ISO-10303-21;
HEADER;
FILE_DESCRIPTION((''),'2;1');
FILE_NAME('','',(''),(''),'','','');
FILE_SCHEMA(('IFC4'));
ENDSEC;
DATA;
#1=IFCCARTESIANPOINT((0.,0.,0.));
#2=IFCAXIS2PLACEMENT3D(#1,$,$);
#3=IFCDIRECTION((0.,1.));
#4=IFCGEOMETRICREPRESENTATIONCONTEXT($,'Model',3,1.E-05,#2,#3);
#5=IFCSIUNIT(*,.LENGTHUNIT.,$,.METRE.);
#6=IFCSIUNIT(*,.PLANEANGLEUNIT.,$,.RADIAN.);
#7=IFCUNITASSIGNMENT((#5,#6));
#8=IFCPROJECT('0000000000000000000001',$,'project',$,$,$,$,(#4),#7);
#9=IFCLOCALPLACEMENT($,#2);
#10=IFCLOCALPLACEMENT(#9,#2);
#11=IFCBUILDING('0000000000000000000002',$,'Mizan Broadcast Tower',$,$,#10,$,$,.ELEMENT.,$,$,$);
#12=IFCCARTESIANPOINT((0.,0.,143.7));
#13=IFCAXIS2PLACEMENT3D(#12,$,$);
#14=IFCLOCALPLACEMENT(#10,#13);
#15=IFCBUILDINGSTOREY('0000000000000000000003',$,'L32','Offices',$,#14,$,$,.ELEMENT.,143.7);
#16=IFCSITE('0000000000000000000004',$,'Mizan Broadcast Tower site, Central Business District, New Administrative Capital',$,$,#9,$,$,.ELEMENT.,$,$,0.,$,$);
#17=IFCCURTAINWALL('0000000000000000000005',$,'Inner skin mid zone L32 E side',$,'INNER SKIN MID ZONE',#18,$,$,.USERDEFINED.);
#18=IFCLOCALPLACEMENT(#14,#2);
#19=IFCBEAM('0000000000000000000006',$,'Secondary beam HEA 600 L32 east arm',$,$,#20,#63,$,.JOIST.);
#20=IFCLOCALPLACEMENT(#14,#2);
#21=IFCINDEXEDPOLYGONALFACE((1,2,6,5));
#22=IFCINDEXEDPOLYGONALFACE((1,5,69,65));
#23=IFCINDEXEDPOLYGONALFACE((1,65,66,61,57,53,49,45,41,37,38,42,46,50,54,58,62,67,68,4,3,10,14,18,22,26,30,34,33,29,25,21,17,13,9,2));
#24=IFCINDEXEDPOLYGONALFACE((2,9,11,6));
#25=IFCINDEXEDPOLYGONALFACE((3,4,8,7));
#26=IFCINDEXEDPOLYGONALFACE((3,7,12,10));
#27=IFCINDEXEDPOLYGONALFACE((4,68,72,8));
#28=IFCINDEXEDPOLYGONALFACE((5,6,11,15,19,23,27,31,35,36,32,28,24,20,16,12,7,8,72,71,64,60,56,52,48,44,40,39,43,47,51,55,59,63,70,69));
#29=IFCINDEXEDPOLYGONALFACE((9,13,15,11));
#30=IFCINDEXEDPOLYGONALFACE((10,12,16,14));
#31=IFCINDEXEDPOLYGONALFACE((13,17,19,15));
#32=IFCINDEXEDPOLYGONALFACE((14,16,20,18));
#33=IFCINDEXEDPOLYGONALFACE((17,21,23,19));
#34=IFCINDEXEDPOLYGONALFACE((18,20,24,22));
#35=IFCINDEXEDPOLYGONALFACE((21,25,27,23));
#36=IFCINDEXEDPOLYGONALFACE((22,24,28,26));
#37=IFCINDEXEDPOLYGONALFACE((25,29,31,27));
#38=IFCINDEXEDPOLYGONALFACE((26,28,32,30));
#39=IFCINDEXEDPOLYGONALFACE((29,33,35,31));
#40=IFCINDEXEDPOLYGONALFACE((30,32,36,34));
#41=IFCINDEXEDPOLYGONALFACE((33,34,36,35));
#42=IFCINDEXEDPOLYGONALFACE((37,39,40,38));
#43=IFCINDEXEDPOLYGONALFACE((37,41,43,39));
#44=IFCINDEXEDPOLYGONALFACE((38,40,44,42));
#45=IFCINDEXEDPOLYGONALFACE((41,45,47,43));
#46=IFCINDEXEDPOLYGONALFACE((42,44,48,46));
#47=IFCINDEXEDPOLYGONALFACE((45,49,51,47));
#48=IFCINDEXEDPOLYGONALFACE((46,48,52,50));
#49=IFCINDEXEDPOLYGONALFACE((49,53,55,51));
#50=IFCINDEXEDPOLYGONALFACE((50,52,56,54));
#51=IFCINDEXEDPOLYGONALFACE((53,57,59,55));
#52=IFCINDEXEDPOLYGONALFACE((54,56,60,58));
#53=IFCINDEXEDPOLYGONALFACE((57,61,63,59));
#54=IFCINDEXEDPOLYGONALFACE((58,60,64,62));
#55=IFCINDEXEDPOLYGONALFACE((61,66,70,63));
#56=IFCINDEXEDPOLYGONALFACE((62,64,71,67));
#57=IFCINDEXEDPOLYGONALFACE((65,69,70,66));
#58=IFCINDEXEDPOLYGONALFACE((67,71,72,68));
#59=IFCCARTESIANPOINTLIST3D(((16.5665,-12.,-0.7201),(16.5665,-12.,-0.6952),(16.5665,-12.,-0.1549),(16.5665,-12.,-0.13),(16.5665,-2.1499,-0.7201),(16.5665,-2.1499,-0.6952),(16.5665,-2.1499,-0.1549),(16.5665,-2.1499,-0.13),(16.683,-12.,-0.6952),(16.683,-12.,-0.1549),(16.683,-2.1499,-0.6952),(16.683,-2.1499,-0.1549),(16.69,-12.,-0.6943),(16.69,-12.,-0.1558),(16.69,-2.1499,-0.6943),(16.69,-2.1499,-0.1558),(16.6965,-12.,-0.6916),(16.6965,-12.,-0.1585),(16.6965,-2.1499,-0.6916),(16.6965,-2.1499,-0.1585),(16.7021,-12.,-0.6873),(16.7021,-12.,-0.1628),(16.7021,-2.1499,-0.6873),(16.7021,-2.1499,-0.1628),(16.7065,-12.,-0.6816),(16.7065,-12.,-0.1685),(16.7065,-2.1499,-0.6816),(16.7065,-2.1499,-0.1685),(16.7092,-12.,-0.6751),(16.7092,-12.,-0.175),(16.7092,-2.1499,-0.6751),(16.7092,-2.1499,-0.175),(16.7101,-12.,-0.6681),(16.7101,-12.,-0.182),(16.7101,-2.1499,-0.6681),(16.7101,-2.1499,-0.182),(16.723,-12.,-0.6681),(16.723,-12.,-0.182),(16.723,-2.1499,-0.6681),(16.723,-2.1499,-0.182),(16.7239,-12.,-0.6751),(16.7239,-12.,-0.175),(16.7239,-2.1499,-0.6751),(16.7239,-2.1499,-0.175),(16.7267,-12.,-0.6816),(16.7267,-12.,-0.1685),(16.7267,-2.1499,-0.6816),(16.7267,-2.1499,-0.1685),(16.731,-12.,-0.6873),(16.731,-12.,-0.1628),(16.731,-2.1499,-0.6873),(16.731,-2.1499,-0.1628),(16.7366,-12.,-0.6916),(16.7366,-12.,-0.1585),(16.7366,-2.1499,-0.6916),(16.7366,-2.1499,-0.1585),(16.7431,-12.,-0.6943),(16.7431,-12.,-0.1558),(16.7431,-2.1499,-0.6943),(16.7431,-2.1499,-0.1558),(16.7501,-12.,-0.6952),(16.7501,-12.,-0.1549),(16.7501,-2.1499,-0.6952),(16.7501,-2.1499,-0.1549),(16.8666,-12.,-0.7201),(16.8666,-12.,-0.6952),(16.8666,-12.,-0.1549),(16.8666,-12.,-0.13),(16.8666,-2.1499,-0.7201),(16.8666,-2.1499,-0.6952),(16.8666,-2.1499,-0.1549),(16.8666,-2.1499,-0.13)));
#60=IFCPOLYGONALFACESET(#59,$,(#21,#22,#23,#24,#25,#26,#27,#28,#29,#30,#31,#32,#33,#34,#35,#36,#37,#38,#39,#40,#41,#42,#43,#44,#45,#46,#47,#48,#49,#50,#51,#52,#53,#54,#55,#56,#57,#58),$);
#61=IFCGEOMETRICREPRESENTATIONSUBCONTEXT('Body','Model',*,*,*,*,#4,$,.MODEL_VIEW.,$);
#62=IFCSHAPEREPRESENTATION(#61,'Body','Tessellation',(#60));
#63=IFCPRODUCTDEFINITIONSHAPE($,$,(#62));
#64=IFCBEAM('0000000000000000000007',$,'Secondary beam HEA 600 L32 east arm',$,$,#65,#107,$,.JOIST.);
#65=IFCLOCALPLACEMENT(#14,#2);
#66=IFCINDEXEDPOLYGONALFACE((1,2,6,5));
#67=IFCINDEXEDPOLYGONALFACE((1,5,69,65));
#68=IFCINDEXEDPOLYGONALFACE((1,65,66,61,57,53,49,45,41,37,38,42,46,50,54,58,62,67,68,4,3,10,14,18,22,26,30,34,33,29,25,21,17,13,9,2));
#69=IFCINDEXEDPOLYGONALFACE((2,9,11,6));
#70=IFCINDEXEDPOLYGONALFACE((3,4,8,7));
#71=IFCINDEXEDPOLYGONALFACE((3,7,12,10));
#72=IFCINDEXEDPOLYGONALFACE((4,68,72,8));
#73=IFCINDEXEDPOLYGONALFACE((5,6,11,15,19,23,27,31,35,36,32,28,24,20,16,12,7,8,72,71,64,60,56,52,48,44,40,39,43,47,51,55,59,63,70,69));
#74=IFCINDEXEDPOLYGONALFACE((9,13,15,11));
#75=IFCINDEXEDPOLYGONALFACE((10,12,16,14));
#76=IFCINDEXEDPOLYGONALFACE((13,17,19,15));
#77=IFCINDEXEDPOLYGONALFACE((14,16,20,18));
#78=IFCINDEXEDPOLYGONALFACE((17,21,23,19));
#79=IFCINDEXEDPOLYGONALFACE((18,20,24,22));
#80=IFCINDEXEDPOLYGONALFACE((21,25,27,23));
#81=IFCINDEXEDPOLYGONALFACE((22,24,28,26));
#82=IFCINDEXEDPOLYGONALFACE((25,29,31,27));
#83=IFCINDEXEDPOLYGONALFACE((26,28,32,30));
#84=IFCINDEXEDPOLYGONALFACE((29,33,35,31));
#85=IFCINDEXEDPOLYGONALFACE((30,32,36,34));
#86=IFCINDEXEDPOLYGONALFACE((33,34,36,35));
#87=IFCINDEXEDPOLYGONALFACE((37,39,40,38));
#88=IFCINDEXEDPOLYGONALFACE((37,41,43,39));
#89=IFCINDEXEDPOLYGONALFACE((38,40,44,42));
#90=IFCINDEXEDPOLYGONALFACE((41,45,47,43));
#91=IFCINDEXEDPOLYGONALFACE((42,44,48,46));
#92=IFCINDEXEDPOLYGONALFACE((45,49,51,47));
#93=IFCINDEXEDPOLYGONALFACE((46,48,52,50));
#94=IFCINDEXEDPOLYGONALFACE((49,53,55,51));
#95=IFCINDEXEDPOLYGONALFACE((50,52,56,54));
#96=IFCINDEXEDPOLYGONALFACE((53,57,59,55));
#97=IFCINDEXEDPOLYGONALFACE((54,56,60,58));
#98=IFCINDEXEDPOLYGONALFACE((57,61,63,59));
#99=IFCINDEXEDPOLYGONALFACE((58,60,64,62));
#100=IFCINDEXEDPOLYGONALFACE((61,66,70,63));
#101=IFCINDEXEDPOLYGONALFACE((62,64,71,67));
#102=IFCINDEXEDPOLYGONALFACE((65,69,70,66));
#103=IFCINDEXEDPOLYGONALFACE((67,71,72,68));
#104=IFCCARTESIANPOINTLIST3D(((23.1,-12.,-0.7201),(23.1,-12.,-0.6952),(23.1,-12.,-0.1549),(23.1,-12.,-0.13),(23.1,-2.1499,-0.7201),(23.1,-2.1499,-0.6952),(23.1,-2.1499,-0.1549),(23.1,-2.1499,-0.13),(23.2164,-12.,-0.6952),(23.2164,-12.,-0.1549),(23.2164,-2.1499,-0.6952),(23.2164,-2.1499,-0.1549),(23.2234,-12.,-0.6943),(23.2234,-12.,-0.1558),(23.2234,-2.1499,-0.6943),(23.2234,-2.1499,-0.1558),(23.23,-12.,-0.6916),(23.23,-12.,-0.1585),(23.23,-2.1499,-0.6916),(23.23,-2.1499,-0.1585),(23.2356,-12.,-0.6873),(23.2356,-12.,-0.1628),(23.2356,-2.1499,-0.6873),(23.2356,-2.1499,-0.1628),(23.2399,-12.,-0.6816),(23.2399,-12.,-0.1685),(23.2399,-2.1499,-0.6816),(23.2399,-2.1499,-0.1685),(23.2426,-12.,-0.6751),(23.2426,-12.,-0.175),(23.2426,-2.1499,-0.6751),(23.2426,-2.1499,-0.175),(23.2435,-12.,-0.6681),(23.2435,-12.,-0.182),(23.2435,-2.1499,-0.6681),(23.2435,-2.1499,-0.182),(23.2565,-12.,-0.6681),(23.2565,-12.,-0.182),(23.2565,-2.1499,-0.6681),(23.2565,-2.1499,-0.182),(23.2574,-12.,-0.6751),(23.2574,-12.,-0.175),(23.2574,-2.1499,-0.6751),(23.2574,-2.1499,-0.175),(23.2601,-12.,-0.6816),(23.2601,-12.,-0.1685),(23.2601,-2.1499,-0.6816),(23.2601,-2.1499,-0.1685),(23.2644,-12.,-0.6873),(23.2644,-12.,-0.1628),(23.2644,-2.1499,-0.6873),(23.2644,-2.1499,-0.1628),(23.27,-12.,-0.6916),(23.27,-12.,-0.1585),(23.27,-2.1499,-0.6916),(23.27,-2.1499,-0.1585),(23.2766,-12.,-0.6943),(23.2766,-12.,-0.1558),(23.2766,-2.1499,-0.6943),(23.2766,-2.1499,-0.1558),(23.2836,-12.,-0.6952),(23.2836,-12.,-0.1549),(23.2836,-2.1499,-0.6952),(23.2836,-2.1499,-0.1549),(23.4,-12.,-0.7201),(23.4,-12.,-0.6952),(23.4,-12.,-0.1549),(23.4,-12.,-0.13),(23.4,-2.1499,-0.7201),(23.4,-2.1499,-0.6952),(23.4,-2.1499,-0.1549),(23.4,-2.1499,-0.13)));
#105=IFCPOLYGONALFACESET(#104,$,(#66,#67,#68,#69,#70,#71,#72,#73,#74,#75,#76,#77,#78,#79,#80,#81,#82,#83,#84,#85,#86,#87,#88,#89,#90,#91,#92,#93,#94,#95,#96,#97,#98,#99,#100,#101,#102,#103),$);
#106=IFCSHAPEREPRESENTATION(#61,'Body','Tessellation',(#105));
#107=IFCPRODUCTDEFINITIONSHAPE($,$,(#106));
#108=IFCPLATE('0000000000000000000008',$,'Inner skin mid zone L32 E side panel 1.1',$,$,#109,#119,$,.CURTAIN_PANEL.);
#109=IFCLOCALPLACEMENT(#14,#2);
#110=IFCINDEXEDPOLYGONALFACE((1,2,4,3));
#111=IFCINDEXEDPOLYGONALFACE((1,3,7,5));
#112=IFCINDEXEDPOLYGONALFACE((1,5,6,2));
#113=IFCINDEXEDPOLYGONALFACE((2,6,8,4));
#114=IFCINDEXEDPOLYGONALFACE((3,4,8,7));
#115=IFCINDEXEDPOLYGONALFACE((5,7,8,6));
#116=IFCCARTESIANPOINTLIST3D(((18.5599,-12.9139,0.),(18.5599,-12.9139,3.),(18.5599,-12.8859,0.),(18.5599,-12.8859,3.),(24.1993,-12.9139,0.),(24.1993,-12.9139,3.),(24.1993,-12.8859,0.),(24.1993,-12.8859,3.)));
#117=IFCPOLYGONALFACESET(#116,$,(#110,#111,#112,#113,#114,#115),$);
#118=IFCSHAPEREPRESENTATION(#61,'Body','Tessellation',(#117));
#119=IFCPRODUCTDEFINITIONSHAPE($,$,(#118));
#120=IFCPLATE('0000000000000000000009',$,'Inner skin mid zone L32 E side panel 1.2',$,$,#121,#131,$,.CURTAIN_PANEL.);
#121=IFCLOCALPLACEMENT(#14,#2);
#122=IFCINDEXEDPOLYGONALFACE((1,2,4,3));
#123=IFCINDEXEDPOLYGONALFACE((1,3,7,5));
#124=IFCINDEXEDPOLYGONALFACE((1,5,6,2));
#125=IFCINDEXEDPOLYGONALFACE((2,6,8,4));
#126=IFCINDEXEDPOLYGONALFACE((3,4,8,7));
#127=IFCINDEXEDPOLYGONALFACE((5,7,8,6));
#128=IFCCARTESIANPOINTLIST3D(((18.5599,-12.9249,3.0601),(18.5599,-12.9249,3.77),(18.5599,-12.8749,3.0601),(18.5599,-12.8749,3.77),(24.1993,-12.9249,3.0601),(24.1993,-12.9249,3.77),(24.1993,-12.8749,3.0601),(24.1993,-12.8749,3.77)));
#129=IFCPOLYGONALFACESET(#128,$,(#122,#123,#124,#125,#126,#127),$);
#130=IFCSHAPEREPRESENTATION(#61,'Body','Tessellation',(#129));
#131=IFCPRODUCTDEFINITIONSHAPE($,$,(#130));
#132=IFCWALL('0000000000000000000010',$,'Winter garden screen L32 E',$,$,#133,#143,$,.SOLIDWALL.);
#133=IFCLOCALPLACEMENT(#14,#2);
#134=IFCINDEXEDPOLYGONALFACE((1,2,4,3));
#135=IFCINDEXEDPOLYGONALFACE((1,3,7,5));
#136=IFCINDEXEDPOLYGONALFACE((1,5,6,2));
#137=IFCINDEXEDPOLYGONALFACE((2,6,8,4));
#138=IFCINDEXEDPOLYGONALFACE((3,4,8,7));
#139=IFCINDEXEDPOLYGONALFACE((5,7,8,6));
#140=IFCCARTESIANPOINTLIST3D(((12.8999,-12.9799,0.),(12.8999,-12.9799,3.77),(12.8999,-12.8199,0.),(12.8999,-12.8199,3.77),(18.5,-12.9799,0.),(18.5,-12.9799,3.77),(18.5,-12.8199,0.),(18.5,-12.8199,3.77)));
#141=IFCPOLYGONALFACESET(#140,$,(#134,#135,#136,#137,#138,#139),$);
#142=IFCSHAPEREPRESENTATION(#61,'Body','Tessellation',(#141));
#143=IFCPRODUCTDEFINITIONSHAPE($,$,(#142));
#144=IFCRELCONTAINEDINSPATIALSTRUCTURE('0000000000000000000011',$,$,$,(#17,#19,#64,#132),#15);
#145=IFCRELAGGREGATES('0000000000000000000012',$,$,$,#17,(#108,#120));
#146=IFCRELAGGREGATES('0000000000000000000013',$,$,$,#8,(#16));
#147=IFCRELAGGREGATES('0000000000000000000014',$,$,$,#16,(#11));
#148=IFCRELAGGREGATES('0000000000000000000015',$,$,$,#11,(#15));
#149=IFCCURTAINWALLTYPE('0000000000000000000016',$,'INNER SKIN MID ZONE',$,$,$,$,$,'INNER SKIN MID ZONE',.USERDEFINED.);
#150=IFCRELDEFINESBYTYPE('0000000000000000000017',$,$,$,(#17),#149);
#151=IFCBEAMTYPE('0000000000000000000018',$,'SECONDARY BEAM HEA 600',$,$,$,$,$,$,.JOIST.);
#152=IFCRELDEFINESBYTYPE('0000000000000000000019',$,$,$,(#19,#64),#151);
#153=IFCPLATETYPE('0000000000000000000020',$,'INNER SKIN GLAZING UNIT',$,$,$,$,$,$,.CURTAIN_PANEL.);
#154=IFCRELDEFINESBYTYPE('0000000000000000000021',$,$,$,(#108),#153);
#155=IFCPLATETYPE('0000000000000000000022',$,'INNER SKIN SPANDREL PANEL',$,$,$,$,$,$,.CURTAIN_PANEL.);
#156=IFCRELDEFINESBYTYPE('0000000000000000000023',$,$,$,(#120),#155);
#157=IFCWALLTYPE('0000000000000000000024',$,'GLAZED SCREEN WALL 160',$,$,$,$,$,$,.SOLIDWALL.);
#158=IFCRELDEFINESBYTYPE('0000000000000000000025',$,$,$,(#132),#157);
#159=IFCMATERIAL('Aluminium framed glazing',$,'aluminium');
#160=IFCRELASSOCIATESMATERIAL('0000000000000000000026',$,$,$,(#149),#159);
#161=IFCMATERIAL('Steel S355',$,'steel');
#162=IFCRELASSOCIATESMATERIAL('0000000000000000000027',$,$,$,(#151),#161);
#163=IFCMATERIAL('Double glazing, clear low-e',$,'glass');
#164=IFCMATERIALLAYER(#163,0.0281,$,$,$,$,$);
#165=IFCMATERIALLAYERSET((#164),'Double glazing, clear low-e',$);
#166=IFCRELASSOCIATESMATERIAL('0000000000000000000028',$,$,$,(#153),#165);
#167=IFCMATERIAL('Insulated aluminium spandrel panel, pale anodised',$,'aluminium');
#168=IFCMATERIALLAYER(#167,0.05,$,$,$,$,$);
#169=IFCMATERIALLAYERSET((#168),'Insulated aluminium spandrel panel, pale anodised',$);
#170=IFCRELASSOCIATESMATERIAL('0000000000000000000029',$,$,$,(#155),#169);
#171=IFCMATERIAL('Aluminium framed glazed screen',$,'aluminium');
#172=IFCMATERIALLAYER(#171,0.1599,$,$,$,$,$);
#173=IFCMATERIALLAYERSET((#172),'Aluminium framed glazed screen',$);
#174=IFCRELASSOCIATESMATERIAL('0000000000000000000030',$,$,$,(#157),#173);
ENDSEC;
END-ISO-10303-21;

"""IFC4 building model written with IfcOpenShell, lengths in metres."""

from ifc_helpers import new_model, si_unit, direction, frame, frame_2d, origin, origin_2d, place, context, subcontext, project, spatial, rectangle, i_section, extrude, material, layer, layer_set, material_profile, profile_set, type_object, element, aggregate, save


model = new_model("IFC4")

# Units and contexts
model_context = context("Model", 3, precision=1e-05, world=origin(), true_north=direction((0.0, 1.0)))
body_context = subcontext(model_context, "Body", "Model", "MODEL_VIEW")
ifc_project = project(units=[si_unit("LENGTHUNIT", "METRE"), si_unit("PLANEANGLEUNIT", "RADIAN")], contexts=[model_context])

# Site, building, storey
site_placement = place(None, origin())
site = spatial("IfcSite", under=ifc_project, at=site_placement, Name="Mizan Broadcast Tower site, Central Business District, New Administrative Capital", CompositionType="ELEMENT", RefElevation=0.0)
building_placement = place(site_placement, origin())
building = spatial("IfcBuilding", under=site, at=building_placement, Name="Mizan Broadcast Tower", CompositionType="ELEMENT")
storey_placement = place(building_placement, frame((0.0, 0.0, 143.7)))
storey = spatial("IfcBuildingStorey", under=building, at=storey_placement, Name="L32", Description="Offices", CompositionType="ELEMENT", Elevation=143.7)

# Curtain wall
ifc_material_1 = material(Name="Aluminium framed glazing", Category="aluminium")
curtain_wall_type = type_object("IfcCurtainWallType", Name="INNER SKIN MID ZONE", ElementType="INNER SKIN MID ZONE", PredefinedType="USERDEFINED", material=ifc_material_1)
curtain_wall_placement = place(storey_placement, origin())
curtain_wall = element("IfcCurtainWall", 1, at=curtain_wall_placement, inside=storey, type_object=curtain_wall_type, Name="Inner skin mid zone L32 E side", ObjectType="INNER SKIN MID ZONE", PredefinedType="USERDEFINED")

# Beams
ifc_material_2 = material(Name="Steel S355", Category="steel")
ifc_material_profile_1 = material_profile(ifc_material_2, i_section(OverallWidth=0.3, OverallDepth=0.5901, WebThickness=0.0129, FlangeThickness=0.0249, FilletRadius=0.0271, at=origin_2d()), Name="HEA 600")
ifc_profile_set_1 = profile_set([ifc_material_profile_1], Name="Steel S355")
beam_type_1 = type_object("IfcBeamType", Name="SECONDARY BEAM HEA 600", PredefinedType="JOIST", material=ifc_profile_set_1)
for number, where, z_axis, x_axis, name in (
    (2, (16.7166, -12.0, -0.425), (0.0, 1.0, 0.0), (-1.0, 0.0, 0.0), "Secondary beam HEA 600 L32 east arm"),
    (3, (23.25, -12.0, -0.425), (0.0, 1.0, 0.0), (-1.0, 0.0, 0.0), "Secondary beam HEA 600 L32 east arm"),
):
    element("IfcBeam", number, at=place(storey_placement, frame(where, z_axis=z_axis, x_axis=x_axis)), inside=storey, type_object=beam_type_1, Name=name, PredefinedType="JOIST", context=body_context, shape_type="SweptSolid", body=[
        extrude(i_section(OverallWidth=0.3, OverallDepth=0.5901, WebThickness=0.0129, FlangeThickness=0.0249, FilletRadius=0.0271, at=origin_2d()), origin(), (0.0, 0.0, 1.0), 9.8501),
    ])

# Plates
ifc_material_3 = material(Name="Double glazing, clear low-e", Category="glass")
ifc_layer_1 = layer(ifc_material_3, 0.0281)
ifc_layer_set_1 = layer_set([ifc_layer_1], Name="Double glazing, clear low-e")
plate_type_1 = type_object("IfcPlateType", Name="INNER SKIN GLAZING UNIT", PredefinedType="CURTAIN_PANEL", material=ifc_layer_set_1)
plate_1_placement = place(storey_placement, frame((21.3796, -12.8999, 0.0), z_axis=(0.0, 0.0, 1.0), x_axis=(1.0, 0.0, 0.0)))
plate_1 = element("IfcPlate", 4, at=plate_1_placement, type_object=plate_type_1, Name="Inner skin mid zone L32 E side panel 1.1", PredefinedType="CURTAIN_PANEL", context=body_context, shape_type="SweptSolid", body=[
    extrude(rectangle(XDim=5.6394, YDim=0.0281, at=origin_2d()), origin(), (0.0, 0.0, 1.0), 3.0),
])
ifc_material_4 = material(Name="Insulated aluminium spandrel panel, pale anodised", Category="aluminium")
ifc_layer_2 = layer(ifc_material_4, 0.05)
ifc_layer_set_2 = layer_set([ifc_layer_2], Name="Insulated aluminium spandrel panel, pale anodised")
plate_type_2 = type_object("IfcPlateType", Name="INNER SKIN SPANDREL PANEL", PredefinedType="CURTAIN_PANEL", material=ifc_layer_set_2)
plate_2_placement = place(storey_placement, frame((21.3796, -12.8999, 3.0601), z_axis=(0.0, 0.0, 1.0), x_axis=(1.0, 0.0, 0.0)))
plate_2 = element("IfcPlate", 5, at=plate_2_placement, type_object=plate_type_2, Name="Inner skin mid zone L32 E side panel 1.2", PredefinedType="CURTAIN_PANEL", context=body_context, shape_type="SweptSolid", body=[
    extrude(rectangle(XDim=5.6394, YDim=0.05, at=origin_2d()), origin(), (0.0, 0.0, 1.0), 0.71),
])
aggregate(curtain_wall, [plate_1, plate_2])

# Wall
ifc_material_5 = material(Name="Aluminium framed glazed screen", Category="aluminium")
ifc_layer_3 = layer(ifc_material_5, 0.1599)
ifc_layer_set_3 = layer_set([ifc_layer_3], Name="Aluminium framed glazed screen")
wall_type_1 = type_object("IfcWallType", Name="GLAZED SCREEN WALL 160", PredefinedType="SOLIDWALL", material=ifc_layer_set_3)
wall_1_placement = place(storey_placement, frame((12.8999, -12.8999, 0.0), z_axis=(0.0, 0.0, 1.0), x_axis=(1.0, 0.0, 0.0)))
element("IfcWall", 6, at=wall_1_placement, inside=storey, type_object=wall_type_1, Name="Winter garden screen L32 E", PredefinedType="SOLIDWALL", context=body_context, shape_type="SweptSolid", body=[
    extrude(rectangle(XDim=5.6001, YDim=0.1599, at=frame_2d((2.8, 0.0))), origin(), (0.0, 0.0, 1.0), 3.77),
])

save(model, "model.ifc")
